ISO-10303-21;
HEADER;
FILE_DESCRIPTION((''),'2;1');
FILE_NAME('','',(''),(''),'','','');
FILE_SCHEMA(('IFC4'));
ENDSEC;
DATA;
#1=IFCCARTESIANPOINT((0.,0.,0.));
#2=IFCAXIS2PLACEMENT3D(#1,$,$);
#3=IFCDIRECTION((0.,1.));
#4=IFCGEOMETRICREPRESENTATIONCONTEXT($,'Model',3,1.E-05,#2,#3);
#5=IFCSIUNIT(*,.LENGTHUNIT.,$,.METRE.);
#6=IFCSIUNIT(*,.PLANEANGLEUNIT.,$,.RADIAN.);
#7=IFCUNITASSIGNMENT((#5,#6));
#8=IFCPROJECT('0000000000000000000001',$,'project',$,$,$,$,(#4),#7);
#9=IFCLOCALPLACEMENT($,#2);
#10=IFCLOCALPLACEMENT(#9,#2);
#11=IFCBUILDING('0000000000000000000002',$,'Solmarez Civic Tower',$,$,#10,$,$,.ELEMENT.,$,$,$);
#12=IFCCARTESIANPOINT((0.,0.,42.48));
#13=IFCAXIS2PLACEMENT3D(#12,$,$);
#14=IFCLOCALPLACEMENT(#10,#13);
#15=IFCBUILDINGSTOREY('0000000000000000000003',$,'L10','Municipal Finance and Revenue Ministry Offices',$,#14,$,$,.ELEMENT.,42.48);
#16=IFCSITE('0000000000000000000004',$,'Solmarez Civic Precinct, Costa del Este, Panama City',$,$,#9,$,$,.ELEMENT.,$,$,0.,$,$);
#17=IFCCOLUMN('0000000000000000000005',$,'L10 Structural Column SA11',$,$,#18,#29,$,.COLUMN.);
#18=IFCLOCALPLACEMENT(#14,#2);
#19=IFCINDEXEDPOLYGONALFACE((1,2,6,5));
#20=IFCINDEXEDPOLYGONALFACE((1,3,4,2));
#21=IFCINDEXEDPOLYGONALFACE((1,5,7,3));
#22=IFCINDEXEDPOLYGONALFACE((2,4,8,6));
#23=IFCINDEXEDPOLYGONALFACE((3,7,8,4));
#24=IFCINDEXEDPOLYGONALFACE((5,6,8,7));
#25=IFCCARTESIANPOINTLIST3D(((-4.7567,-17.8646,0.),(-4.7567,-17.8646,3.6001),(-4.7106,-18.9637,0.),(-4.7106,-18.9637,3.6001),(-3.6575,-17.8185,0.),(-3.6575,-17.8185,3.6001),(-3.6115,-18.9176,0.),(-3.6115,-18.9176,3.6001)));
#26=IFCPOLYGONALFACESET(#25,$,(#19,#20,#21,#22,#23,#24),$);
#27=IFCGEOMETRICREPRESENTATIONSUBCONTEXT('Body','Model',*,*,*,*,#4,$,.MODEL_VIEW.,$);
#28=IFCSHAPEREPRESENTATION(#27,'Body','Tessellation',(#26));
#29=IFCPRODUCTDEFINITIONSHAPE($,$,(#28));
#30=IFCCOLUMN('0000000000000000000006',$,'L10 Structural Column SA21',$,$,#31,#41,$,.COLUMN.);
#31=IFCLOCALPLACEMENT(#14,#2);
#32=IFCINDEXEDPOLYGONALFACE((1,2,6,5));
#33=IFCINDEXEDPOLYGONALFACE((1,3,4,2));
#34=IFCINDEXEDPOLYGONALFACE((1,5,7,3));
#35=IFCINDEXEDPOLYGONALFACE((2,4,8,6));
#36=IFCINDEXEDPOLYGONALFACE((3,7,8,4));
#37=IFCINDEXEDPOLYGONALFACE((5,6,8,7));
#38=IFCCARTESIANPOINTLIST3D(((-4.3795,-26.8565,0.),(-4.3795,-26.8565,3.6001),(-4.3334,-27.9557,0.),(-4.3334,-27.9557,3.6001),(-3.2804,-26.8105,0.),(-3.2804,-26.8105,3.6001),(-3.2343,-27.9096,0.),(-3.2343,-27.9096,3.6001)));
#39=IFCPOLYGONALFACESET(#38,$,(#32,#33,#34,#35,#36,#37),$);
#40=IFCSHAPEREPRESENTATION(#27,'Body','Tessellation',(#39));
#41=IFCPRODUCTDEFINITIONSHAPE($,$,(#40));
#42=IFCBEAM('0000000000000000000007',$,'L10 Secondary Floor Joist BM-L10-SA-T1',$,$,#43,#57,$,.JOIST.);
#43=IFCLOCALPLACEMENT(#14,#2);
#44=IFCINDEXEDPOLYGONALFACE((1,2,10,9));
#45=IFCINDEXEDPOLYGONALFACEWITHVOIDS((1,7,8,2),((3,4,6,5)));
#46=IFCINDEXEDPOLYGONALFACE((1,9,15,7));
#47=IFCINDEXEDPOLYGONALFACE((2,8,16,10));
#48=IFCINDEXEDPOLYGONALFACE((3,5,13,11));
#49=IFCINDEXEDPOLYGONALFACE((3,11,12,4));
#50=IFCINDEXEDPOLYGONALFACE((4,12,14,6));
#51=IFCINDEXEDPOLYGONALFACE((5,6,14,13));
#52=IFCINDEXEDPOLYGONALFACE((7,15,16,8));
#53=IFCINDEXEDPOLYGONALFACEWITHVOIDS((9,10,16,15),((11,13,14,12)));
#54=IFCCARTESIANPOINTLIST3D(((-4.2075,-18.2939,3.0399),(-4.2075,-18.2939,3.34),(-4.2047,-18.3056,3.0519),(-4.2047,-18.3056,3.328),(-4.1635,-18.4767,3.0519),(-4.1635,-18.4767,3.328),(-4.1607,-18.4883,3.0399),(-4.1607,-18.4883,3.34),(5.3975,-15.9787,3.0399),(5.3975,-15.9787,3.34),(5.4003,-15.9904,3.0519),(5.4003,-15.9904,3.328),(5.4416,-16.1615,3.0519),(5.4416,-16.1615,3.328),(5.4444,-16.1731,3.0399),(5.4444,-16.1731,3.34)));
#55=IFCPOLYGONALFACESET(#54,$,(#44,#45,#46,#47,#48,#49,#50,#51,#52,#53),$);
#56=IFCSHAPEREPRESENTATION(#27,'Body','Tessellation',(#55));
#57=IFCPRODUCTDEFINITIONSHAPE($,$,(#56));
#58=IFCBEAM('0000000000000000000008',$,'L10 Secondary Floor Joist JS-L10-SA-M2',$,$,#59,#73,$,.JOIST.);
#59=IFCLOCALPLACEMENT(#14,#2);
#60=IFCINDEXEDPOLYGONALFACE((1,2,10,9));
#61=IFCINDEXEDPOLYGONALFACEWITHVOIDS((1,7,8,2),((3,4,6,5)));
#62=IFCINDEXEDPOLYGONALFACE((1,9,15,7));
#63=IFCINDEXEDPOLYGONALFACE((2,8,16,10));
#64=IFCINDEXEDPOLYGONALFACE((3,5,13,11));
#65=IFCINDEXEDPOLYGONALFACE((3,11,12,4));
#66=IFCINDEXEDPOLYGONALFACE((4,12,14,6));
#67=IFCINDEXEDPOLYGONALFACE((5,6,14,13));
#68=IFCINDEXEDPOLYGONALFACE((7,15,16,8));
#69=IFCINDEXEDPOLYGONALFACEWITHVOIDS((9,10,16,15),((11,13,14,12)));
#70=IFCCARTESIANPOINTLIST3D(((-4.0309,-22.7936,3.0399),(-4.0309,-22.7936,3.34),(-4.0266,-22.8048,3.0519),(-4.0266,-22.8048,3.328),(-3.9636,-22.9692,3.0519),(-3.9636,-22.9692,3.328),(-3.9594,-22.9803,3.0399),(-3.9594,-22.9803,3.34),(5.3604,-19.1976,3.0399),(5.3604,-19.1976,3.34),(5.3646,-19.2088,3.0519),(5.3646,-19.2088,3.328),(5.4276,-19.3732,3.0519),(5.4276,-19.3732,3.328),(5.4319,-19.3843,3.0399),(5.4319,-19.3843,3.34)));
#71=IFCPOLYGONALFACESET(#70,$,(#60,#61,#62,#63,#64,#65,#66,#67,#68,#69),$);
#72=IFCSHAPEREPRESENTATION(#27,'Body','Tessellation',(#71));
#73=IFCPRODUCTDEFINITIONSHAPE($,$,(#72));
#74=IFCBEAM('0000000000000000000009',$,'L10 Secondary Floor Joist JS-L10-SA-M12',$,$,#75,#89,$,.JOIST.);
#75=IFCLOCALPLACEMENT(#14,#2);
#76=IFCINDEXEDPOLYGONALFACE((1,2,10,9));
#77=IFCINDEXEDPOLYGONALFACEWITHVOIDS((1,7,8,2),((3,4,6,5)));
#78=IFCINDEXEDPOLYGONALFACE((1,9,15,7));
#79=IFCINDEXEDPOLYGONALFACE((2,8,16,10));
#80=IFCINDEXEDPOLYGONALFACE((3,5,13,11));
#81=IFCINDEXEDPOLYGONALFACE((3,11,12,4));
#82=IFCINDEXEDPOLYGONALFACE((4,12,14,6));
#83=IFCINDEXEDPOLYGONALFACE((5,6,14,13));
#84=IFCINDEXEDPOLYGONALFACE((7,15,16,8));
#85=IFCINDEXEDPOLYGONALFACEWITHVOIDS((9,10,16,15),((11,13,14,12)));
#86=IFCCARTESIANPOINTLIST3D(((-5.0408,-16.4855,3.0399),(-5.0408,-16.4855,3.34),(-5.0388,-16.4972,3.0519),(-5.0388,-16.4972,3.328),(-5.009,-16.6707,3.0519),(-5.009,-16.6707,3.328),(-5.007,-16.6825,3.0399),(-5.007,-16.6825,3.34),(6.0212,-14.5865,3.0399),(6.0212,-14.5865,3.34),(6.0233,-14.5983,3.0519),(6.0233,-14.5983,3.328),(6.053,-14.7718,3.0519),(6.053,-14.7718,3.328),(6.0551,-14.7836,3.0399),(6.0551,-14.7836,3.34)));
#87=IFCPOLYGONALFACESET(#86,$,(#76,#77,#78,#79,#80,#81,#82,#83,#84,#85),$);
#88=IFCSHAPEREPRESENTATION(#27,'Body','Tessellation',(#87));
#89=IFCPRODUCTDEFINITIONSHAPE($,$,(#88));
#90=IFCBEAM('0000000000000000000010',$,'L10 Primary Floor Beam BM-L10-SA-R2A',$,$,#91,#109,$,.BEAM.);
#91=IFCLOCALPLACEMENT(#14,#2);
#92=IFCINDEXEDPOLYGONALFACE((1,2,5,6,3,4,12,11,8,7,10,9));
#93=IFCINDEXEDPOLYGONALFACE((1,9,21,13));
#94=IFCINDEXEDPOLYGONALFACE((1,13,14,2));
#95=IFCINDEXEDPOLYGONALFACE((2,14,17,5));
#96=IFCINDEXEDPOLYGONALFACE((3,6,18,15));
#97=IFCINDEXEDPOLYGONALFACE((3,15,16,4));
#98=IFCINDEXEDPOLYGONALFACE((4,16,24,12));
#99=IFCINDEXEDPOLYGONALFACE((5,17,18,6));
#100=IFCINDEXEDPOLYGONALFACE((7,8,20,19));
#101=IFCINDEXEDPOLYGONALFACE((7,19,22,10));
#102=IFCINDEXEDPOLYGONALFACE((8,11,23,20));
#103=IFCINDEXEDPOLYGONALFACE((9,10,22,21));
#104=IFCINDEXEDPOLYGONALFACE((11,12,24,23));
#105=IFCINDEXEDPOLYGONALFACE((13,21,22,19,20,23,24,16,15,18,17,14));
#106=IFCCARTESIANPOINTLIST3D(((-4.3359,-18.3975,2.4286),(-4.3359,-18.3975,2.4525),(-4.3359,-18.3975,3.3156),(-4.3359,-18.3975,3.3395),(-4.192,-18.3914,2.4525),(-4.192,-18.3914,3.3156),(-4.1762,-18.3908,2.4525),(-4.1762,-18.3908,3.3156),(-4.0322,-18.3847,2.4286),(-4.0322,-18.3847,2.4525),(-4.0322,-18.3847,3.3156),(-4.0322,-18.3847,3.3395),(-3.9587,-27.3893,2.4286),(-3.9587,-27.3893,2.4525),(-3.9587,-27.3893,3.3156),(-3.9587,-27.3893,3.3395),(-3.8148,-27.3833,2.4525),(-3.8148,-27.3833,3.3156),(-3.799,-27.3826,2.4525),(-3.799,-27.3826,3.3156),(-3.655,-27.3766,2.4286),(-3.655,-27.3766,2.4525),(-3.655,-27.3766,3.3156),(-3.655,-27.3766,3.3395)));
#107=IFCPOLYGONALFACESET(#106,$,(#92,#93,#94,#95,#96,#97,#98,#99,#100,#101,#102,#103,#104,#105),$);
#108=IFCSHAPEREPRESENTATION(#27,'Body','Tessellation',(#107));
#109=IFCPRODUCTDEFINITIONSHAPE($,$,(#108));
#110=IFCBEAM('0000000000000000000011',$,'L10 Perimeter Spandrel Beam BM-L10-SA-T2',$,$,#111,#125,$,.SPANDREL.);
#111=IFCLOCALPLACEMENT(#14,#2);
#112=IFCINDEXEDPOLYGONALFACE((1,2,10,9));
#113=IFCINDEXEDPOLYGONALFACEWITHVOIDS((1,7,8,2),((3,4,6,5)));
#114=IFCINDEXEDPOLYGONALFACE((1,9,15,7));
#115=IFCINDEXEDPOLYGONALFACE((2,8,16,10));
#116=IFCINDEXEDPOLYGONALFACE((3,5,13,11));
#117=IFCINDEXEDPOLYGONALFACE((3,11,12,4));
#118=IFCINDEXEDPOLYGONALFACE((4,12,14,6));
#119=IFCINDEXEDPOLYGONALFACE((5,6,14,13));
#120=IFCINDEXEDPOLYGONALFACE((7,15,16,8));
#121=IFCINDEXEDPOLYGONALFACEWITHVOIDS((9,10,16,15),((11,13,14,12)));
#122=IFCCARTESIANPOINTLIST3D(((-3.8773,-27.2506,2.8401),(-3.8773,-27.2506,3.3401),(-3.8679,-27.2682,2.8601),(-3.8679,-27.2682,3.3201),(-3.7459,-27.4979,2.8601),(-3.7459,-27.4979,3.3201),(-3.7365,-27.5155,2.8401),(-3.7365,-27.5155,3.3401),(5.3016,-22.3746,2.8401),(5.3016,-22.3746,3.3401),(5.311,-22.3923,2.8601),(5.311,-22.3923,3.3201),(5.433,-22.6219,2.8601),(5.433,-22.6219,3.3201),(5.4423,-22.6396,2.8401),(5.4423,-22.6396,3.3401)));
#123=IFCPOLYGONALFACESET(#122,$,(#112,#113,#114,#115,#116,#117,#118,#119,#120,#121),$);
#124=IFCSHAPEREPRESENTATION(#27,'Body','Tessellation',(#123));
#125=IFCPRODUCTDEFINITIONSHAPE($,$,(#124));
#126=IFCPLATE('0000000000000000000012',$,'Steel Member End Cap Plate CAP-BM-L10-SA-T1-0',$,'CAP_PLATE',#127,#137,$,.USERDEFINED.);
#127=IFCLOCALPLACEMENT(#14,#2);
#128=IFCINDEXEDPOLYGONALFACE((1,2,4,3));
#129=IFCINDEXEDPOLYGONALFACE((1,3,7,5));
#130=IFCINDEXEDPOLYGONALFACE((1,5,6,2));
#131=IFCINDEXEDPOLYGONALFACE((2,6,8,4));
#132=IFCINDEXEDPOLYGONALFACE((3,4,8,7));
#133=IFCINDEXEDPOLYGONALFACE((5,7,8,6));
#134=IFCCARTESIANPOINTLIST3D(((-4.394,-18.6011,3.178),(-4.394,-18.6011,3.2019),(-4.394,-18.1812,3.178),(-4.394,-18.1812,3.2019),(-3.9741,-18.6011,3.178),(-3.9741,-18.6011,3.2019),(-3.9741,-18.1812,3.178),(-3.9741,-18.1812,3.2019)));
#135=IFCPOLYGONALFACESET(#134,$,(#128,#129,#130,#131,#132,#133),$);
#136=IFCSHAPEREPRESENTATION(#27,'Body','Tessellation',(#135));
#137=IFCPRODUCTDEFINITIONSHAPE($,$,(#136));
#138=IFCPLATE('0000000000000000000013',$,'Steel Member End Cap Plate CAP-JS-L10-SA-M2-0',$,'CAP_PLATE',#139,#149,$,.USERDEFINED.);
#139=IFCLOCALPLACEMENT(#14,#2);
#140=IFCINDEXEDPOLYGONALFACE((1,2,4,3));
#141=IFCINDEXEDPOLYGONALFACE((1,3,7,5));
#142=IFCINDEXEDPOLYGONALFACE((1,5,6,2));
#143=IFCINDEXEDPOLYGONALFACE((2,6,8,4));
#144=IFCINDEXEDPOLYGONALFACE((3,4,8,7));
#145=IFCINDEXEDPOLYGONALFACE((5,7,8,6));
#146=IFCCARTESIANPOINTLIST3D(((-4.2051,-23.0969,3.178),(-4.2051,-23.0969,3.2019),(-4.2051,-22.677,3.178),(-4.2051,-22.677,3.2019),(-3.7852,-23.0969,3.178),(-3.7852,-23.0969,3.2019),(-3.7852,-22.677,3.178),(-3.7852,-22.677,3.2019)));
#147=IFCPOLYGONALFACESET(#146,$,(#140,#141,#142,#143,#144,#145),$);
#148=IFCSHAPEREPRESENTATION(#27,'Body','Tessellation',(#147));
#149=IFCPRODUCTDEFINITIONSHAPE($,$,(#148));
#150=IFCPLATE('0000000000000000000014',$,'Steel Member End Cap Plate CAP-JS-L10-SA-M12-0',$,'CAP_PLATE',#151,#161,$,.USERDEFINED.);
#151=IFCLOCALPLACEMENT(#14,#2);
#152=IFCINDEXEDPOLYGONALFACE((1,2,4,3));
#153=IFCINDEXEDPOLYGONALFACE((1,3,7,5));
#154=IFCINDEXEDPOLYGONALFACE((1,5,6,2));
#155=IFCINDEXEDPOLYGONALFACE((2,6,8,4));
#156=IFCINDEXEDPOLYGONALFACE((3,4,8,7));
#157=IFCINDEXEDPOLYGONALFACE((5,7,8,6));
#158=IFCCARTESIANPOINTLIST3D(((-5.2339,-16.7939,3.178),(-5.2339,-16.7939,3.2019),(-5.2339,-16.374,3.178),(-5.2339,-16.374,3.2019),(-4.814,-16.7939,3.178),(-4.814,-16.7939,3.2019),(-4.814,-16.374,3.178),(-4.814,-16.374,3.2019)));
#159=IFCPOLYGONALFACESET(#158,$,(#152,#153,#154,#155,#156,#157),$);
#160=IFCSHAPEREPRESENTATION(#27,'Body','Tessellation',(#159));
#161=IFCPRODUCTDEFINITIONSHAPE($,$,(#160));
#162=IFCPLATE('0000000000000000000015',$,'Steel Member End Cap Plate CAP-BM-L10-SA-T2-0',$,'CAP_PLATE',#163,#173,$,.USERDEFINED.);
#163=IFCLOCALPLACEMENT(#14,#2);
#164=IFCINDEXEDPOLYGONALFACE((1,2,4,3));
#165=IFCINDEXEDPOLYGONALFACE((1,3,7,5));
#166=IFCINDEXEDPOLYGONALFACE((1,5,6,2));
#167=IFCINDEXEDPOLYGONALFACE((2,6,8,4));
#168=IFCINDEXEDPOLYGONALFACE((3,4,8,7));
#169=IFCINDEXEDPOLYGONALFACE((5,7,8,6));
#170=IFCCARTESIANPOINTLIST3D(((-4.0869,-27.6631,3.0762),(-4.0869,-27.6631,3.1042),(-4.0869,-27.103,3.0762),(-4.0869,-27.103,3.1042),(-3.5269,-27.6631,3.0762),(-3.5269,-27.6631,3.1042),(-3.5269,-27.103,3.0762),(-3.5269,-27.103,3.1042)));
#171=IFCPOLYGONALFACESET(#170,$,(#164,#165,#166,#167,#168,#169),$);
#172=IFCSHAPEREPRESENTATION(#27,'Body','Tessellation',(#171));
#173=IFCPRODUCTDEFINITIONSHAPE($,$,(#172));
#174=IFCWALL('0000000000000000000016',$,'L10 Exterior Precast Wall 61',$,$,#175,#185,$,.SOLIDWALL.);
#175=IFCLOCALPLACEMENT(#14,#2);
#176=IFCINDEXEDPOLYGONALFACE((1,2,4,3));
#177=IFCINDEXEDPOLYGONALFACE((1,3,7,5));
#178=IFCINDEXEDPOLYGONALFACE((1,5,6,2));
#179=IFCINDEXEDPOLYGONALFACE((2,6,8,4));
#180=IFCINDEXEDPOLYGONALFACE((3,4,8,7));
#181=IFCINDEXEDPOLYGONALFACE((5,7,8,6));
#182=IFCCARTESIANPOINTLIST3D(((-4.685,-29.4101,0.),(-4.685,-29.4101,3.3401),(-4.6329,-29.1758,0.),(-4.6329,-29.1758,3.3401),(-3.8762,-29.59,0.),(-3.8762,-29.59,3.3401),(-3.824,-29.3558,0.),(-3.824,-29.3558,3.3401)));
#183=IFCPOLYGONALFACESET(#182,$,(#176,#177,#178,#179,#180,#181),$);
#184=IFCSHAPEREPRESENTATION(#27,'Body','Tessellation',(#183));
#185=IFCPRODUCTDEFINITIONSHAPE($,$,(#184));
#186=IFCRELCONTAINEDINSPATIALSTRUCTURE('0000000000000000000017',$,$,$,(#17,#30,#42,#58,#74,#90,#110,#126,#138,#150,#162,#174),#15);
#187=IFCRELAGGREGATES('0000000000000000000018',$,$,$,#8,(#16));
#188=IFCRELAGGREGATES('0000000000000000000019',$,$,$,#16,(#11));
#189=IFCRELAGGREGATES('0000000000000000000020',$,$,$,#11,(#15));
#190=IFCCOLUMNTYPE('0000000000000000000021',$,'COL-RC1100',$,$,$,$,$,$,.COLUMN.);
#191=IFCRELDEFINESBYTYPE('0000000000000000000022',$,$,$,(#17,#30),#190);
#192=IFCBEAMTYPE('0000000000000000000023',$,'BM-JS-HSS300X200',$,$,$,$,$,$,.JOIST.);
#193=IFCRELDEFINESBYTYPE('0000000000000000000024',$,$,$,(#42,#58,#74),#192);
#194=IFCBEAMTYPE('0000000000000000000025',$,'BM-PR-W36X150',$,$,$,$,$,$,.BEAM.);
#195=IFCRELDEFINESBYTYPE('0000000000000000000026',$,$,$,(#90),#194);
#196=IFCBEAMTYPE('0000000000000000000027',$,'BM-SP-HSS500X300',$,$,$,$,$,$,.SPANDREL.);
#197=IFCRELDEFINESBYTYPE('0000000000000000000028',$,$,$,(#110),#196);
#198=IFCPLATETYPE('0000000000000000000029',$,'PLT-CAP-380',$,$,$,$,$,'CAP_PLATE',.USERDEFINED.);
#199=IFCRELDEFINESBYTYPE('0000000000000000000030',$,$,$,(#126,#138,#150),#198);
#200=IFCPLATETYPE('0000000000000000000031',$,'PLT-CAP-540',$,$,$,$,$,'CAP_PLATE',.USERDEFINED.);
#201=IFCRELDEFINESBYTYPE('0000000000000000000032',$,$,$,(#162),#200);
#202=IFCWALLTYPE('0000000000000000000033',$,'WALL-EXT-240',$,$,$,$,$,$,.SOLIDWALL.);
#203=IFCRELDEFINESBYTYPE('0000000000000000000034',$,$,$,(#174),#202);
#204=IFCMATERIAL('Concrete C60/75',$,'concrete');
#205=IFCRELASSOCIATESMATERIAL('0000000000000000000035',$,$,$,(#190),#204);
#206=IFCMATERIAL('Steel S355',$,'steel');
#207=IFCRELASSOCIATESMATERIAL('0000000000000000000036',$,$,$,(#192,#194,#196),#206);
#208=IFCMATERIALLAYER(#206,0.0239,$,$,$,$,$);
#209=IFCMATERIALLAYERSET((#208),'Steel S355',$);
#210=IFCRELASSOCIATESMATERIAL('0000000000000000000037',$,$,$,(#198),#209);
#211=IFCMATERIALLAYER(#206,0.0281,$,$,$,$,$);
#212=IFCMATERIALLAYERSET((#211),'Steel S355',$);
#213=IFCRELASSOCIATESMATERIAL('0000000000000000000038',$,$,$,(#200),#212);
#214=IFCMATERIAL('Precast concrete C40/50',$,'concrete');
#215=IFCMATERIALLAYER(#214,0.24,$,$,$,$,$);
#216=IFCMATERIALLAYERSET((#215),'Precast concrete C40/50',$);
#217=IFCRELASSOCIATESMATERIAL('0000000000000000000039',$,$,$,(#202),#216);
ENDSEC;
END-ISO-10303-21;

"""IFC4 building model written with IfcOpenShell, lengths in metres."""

from ifc_helpers import new_model, si_unit, direction, frame, frame_2d, origin, origin_2d, place, context, subcontext, project, spatial, rectangle, hollow_rectangle, i_section, extrude, material, layer, layer_set, material_profile, profile_set, type_object, element, save


model = new_model("IFC4")

# Units and contexts
model_context = context("Model", 3, precision=1e-05, world=origin(), true_north=direction((0.0, 1.0)))
body_context = subcontext(model_context, "Body", "Model", "MODEL_VIEW")
ifc_project = project(units=[si_unit("LENGTHUNIT", "METRE"), si_unit("PLANEANGLEUNIT", "RADIAN")], contexts=[model_context])

# Site, building, storey
site_placement = place(None, origin())
site = spatial("IfcSite", under=ifc_project, at=site_placement, Name="Solmarez Civic Precinct, Costa del Este, Panama City", CompositionType="ELEMENT", RefElevation=0.0)
building_placement = place(site_placement, origin())
building = spatial("IfcBuilding", under=site, at=building_placement, Name="Solmarez Civic Tower", CompositionType="ELEMENT")
storey_placement = place(building_placement, frame((0.0, 0.0, 42.48)))
storey = spatial("IfcBuildingStorey", under=building, at=storey_placement, Name="L10", Description="Municipal Finance and Revenue Ministry Offices", CompositionType="ELEMENT", Elevation=42.48)

# Columns
ifc_material_1 = material(Name="Concrete C60/75", Category="concrete")
ifc_material_profile_1 = material_profile(ifc_material_1, rectangle(XDim=1.1001, YDim=1.1001, at=origin_2d()), Name="RC1100X1100")
ifc_profile_set_1 = profile_set([ifc_material_profile_1], Name="Concrete C60/75")
column_type = type_object("IfcColumnType", Name="COL-RC1100", PredefinedType="COLUMN", material=ifc_profile_set_1)
for number, where, z_axis, x_axis, name in (
    (1, (-4.1841, -18.3911, 0.0), (0.0, 0.0, 1.0), (0.999123, 0.041876, 0.0), "L10 Structural Column SA11"),
    (2, (-3.8069, -27.3831, 0.0), (0.0, 0.0, 1.0), (0.999123, 0.041876, 0.0), "L10 Structural Column SA21"),
):
    element("IfcColumn", number, at=place(storey_placement, frame(where, z_axis=z_axis, x_axis=x_axis)), inside=storey, type_object=column_type, Name=name, PredefinedType="COLUMN", context=body_context, shape_type="SweptSolid", body=[
        extrude(rectangle(XDim=1.1001, YDim=1.1001, at=origin_2d()), origin(), (0.0, 0.0, 1.0), 3.6001),
    ])

# Beams
ifc_material_2 = material(Name="Steel S355", Category="steel")
ifc_material_profile_2 = material_profile(ifc_material_2, hollow_rectangle(XDim=0.2, YDim=0.3, WallThickness=0.012, at=origin_2d()), Name="HSS300X200X12")
ifc_profile_set_2 = profile_set([ifc_material_profile_2], Name="Steel S355")
beam_type_1 = type_object("IfcBeamType", Name="BM-JS-HSS300X200", PredefinedType="JOIST", material=ifc_profile_set_2)
beam_1_placement = place(storey_placement, frame((-4.1841, -18.3911, 3.1899), z_axis=(0.972157, 0.234329, 0.0), x_axis=(-0.234329, 0.972157, 0.0)))
element("IfcBeam", 3, at=beam_1_placement, inside=storey, type_object=beam_type_1, Name="L10 Secondary Floor Joist BM-L10-SA-T1", PredefinedType="JOIST", context=body_context, shape_type="SweptSolid", body=[
    extrude(hollow_rectangle(XDim=0.2, YDim=0.3, WallThickness=0.012, at=origin_2d()), origin(), (0.0, 0.0, 1.0), 9.8801),
])
beam_2_placement = place(storey_placement, frame((-3.9951, -22.887, 3.1899), z_axis=(0.933878, 0.357591, 0.0), x_axis=(-0.357591, 0.933878, 0.0)))
element("IfcBeam", 4, at=beam_2_placement, inside=storey, type_object=beam_type_1, Name="L10 Secondary Floor Joist JS-L10-SA-M2", PredefinedType="JOIST", context=body_context, shape_type="SweptSolid", body=[
    extrude(hollow_rectangle(XDim=0.2, YDim=0.3, WallThickness=0.012, at=origin_2d()), origin(), (0.0, 0.0, 1.0), 10.0562),
])
beam_3_placement = place(storey_placement, frame((-5.0239, -16.584, 3.1899), z_axis=(0.985584, 0.169187, 0.0), x_axis=(-0.169187, 0.985584, 0.0)))
element("IfcBeam", 5, at=beam_3_placement, inside=storey, type_object=beam_type_1, Name="L10 Secondary Floor Joist JS-L10-SA-M12", PredefinedType="JOIST", context=body_context, shape_type="SweptSolid", body=[
    extrude(hollow_rectangle(XDim=0.2, YDim=0.3, WallThickness=0.012, at=origin_2d()), origin(), (0.0, 0.0, 1.0), 11.2239),
])
ifc_material_profile_3 = material_profile(ifc_material_2, i_section(OverallWidth=0.304, OverallDepth=0.9109, WebThickness=0.0159, FlangeThickness=0.0239, at=origin_2d()), Name="W36X150")
ifc_profile_set_3 = profile_set([ifc_material_profile_3], Name="Steel S355")
beam_type_2 = type_object("IfcBeamType", Name="BM-PR-W36X150", PredefinedType="BEAM", material=ifc_profile_set_3)
beam_4_placement = place(storey_placement, frame((-4.1841, -18.3911, 2.884), z_axis=(0.041911, -0.999121, 0.0), x_axis=(0.999121, 0.041911, 0.0)))
element("IfcBeam", 6, at=beam_4_placement, inside=storey, type_object=beam_type_2, Name="L10 Primary Floor Beam BM-L10-SA-R2A", PredefinedType="BEAM", context=body_context, shape_type="SweptSolid", body=[
    extrude(i_section(OverallWidth=0.304, OverallDepth=0.9109, WebThickness=0.0159, FlangeThickness=0.0239, at=origin_2d()), origin(), (0.0, 0.0, 1.0), 8.9998),
])
ifc_material_profile_4 = material_profile(ifc_material_2, hollow_rectangle(XDim=0.3, YDim=0.5, WallThickness=0.02, at=origin_2d()), Name="HSS500X300X20")
ifc_profile_set_4 = profile_set([ifc_material_profile_4], Name="Steel S355")
beam_type_3 = type_object("IfcBeamType", Name="BM-SP-HSS500X300", PredefinedType="SPANDREL", material=ifc_profile_set_4)
beam_5_placement = place(storey_placement, frame((-3.8069, -27.3831, 3.0901), z_axis=(0.883129, 0.469129, 0.0), x_axis=(-0.469129, 0.883129, 0.0)))
element("IfcBeam", 7, at=beam_5_placement, inside=storey, type_object=beam_type_3, Name="L10 Perimeter Spandrel Beam BM-L10-SA-T2", PredefinedType="SPANDREL", context=body_context, shape_type="SweptSolid", body=[
    extrude(hollow_rectangle(XDim=0.3, YDim=0.5, WallThickness=0.02, at=origin_2d()), origin(), (0.0, 0.0, 1.0), 10.3936),
])

# Plates
ifc_layer_1 = layer(ifc_material_2, 0.0239)
ifc_layer_set_1 = layer_set([ifc_layer_1], Name="Steel S355")
plate_type_1 = type_object("IfcPlateType", Name="PLT-CAP-380", ElementType="CAP_PLATE", PredefinedType="USERDEFINED", material=ifc_layer_set_1)
for number, where, z_axis, x_axis, name in (
    (8, (-4.1841, -18.3911, 3.178), (0.0, 0.0, 1.0), (1.0, 0.0, 0.0), "Steel Member End Cap Plate CAP-BM-L10-SA-T1-0"),
    (9, (-3.9951, -22.887, 3.178), (0.0, 0.0, 1.0), (1.0, 0.0, 0.0), "Steel Member End Cap Plate CAP-JS-L10-SA-M2-0"),
    (10, (-5.0239, -16.584, 3.178), (0.0, 0.0, 1.0), (1.0, 0.0, 0.0), "Steel Member End Cap Plate CAP-JS-L10-SA-M12-0"),
):
    element("IfcPlate", number, at=place(storey_placement, frame(where, z_axis=z_axis, x_axis=x_axis)), inside=storey, type_object=plate_type_1, Name=name, ObjectType="CAP_PLATE", PredefinedType="USERDEFINED", context=body_context, shape_type="SweptSolid", body=[
        extrude(rectangle(XDim=0.4199, YDim=0.4199, at=origin_2d()), origin(), (0.0, 0.0, 1.0), 0.0239),
    ])
ifc_layer_2 = layer(ifc_material_2, 0.0281)
ifc_layer_set_2 = layer_set([ifc_layer_2], Name="Steel S355")
plate_type_2 = type_object("IfcPlateType", Name="PLT-CAP-540", ElementType="CAP_PLATE", PredefinedType="USERDEFINED", material=ifc_layer_set_2)
plate_placement = place(storey_placement, frame((-3.8069, -27.3831, 3.0762), z_axis=(0.0, 0.0, 1.0), x_axis=(1.0, 0.0, 0.0)))
element("IfcPlate", 11, at=plate_placement, inside=storey, type_object=plate_type_2, Name="Steel Member End Cap Plate CAP-BM-L10-SA-T2-0", ObjectType="CAP_PLATE", PredefinedType="USERDEFINED", context=body_context, shape_type="SweptSolid", body=[
    extrude(rectangle(XDim=0.5601, YDim=0.5601, at=origin_2d()), origin(), (0.0, 0.0, 1.0), 0.0281),
])

# Wall
ifc_material_3 = material(Name="Precast concrete C40/50", Category="concrete")
ifc_layer_3 = layer(ifc_material_3, 0.24)
ifc_layer_set_3 = layer_set([ifc_layer_3], Name="Precast concrete C40/50")
wall_type_1 = type_object("IfcWallType", Name="WALL-EXT-240", PredefinedType="SOLIDWALL", material=ifc_layer_set_3)
wall_1_placement = place(storey_placement, frame((-3.8501, -29.4729, 0.0), z_axis=(0.0, 0.0, 1.0), x_axis=(-0.976139, 0.217149, 0.0)))
element("IfcWall", 12, at=wall_1_placement, inside=storey, type_object=wall_type_1, Name="L10 Exterior Precast Wall 61", PredefinedType="SOLIDWALL", context=body_context, shape_type="SweptSolid", body=[
    extrude(rectangle(XDim=0.8286, YDim=0.24, at=frame_2d((0.4143, 0.0))), origin(), (0.0, 0.0, 1.0), 3.3401),
])

save(model, "model.ifc")
